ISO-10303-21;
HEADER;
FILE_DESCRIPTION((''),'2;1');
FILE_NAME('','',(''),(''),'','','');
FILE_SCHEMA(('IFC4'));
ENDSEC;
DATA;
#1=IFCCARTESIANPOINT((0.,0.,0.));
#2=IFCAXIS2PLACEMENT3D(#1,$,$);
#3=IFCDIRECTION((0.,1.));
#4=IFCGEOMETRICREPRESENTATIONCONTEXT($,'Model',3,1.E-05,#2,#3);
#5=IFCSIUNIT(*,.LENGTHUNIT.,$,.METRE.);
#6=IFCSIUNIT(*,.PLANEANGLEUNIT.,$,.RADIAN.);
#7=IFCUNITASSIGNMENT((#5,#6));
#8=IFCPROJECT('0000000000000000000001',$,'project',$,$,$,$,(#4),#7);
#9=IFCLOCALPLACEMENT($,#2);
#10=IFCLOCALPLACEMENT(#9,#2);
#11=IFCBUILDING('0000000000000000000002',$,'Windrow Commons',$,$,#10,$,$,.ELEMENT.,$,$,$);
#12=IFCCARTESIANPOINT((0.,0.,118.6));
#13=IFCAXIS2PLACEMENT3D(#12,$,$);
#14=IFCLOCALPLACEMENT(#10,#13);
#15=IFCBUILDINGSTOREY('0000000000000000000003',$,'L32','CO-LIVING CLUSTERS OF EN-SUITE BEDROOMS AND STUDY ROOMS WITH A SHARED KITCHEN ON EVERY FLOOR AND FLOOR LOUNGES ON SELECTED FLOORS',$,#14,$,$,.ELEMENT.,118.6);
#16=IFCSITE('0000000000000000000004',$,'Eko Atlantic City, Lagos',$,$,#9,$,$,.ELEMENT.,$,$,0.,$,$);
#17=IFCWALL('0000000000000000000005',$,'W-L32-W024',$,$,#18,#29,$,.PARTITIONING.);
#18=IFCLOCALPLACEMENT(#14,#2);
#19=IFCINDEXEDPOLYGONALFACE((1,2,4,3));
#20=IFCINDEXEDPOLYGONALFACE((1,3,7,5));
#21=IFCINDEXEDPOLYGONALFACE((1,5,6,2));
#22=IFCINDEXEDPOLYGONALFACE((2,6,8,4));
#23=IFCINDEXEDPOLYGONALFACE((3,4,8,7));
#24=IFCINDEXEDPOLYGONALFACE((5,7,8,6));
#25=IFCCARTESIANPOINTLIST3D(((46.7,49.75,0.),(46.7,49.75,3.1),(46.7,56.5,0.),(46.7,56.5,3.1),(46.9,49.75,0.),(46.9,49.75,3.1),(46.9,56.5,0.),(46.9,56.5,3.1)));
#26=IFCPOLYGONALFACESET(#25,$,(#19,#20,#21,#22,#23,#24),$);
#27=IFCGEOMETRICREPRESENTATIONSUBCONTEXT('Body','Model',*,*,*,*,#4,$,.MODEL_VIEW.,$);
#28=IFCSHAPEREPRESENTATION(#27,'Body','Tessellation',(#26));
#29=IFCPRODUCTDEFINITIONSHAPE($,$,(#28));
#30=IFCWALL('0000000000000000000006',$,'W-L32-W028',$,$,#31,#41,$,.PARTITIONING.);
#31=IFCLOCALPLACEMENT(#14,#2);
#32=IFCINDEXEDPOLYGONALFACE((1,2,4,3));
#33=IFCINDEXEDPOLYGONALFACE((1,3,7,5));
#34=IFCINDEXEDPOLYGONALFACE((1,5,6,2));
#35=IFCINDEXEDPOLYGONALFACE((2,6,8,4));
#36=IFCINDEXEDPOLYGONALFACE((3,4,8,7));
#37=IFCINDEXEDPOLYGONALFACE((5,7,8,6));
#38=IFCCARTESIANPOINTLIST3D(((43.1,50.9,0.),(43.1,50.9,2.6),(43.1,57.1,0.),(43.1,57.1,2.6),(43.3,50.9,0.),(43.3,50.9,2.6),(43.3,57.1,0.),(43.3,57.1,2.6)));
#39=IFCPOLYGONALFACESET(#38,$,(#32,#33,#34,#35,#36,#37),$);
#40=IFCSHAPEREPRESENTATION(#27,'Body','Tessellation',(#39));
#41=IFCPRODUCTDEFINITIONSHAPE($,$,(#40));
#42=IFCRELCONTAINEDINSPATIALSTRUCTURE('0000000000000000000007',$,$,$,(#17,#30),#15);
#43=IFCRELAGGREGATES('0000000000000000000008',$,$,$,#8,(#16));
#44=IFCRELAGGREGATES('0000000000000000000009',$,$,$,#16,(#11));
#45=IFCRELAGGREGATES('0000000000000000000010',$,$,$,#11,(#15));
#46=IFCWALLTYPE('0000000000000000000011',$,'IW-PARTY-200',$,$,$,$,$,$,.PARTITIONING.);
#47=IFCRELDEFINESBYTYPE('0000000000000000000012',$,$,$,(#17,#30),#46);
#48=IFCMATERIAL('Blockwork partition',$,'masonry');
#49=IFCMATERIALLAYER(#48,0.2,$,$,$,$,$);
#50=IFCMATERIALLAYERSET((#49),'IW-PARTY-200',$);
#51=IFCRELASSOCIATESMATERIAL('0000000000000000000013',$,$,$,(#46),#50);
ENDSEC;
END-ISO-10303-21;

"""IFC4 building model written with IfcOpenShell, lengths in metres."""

from ifc_helpers import new_model, si_unit, direction, frame, frame_2d, origin, place, context, subcontext, project, spatial, rectangle, extrude, material, layer, layer_set, type_object, element, save


model = new_model("IFC4")

# Units and contexts
model_context = context("Model", 3, precision=1e-05, world=origin(), true_north=direction((0.0, 1.0)))
body_context = subcontext(model_context, "Body", "Model", "MODEL_VIEW")
ifc_project = project(units=[si_unit("LENGTHUNIT", "METRE"), si_unit("PLANEANGLEUNIT", "RADIAN")], contexts=[model_context])

# Site, building, storey
site_placement = place(None, origin())
site = spatial("IfcSite", under=ifc_project, at=site_placement, Name="Eko Atlantic City, Lagos", CompositionType="ELEMENT", RefElevation=0.0)
building_placement = place(site_placement, origin())
building = spatial("IfcBuilding", under=site, at=building_placement, Name="Windrow Commons", CompositionType="ELEMENT")
storey_placement = place(building_placement, frame((0.0, 0.0, 118.6)))
storey = spatial("IfcBuildingStorey", under=building, at=storey_placement, Name="L32", Description="CO-LIVING CLUSTERS OF EN-SUITE BEDROOMS AND STUDY ROOMS WITH A SHARED KITCHEN ON EVERY FLOOR AND FLOOR LOUNGES ON SELECTED FLOORS", CompositionType="ELEMENT", Elevation=118.6)

# Walls
ifc_material_1 = material(Name="Blockwork partition", Category="masonry")
ifc_layer_1 = layer(ifc_material_1, 0.2)
ifc_layer_set_1 = layer_set([ifc_layer_1], Name="IW-PARTY-200")
wall_type_1 = type_object("IfcWallType", Name="IW-PARTY-200", PredefinedType="PARTITIONING", material=ifc_layer_set_1)
wall_1_placement = place(storey_placement, frame((46.8, 49.75, 0.0), z_axis=(0.0, 0.0, 1.0), x_axis=(0.0, 1.0, 0.0)))
element("IfcWall", 1, at=wall_1_placement, inside=storey, type_object=wall_type_1, Name="W-L32-W024", PredefinedType="PARTITIONING", context=body_context, shape_type="SweptSolid", body=[
    extrude(rectangle(XDim=6.75, YDim=0.2, at=frame_2d((3.375, 0.0))), origin(), (0.0, 0.0, 1.0), 3.1),
])
wall_2_placement = place(storey_placement, frame((43.2, 50.9, 0.0), z_axis=(0.0, 0.0, 1.0), x_axis=(0.0, 1.0, 0.0)))
element("IfcWall", 2, at=wall_2_placement, inside=storey, type_object=wall_type_1, Name="W-L32-W028", PredefinedType="PARTITIONING", context=body_context, shape_type="SweptSolid", body=[
    extrude(rectangle(XDim=6.2, YDim=0.2, at=frame_2d((3.1, 0.0))), origin(), (0.0, 0.0, 1.0), 2.6),
])

save(model, "model.ifc")
